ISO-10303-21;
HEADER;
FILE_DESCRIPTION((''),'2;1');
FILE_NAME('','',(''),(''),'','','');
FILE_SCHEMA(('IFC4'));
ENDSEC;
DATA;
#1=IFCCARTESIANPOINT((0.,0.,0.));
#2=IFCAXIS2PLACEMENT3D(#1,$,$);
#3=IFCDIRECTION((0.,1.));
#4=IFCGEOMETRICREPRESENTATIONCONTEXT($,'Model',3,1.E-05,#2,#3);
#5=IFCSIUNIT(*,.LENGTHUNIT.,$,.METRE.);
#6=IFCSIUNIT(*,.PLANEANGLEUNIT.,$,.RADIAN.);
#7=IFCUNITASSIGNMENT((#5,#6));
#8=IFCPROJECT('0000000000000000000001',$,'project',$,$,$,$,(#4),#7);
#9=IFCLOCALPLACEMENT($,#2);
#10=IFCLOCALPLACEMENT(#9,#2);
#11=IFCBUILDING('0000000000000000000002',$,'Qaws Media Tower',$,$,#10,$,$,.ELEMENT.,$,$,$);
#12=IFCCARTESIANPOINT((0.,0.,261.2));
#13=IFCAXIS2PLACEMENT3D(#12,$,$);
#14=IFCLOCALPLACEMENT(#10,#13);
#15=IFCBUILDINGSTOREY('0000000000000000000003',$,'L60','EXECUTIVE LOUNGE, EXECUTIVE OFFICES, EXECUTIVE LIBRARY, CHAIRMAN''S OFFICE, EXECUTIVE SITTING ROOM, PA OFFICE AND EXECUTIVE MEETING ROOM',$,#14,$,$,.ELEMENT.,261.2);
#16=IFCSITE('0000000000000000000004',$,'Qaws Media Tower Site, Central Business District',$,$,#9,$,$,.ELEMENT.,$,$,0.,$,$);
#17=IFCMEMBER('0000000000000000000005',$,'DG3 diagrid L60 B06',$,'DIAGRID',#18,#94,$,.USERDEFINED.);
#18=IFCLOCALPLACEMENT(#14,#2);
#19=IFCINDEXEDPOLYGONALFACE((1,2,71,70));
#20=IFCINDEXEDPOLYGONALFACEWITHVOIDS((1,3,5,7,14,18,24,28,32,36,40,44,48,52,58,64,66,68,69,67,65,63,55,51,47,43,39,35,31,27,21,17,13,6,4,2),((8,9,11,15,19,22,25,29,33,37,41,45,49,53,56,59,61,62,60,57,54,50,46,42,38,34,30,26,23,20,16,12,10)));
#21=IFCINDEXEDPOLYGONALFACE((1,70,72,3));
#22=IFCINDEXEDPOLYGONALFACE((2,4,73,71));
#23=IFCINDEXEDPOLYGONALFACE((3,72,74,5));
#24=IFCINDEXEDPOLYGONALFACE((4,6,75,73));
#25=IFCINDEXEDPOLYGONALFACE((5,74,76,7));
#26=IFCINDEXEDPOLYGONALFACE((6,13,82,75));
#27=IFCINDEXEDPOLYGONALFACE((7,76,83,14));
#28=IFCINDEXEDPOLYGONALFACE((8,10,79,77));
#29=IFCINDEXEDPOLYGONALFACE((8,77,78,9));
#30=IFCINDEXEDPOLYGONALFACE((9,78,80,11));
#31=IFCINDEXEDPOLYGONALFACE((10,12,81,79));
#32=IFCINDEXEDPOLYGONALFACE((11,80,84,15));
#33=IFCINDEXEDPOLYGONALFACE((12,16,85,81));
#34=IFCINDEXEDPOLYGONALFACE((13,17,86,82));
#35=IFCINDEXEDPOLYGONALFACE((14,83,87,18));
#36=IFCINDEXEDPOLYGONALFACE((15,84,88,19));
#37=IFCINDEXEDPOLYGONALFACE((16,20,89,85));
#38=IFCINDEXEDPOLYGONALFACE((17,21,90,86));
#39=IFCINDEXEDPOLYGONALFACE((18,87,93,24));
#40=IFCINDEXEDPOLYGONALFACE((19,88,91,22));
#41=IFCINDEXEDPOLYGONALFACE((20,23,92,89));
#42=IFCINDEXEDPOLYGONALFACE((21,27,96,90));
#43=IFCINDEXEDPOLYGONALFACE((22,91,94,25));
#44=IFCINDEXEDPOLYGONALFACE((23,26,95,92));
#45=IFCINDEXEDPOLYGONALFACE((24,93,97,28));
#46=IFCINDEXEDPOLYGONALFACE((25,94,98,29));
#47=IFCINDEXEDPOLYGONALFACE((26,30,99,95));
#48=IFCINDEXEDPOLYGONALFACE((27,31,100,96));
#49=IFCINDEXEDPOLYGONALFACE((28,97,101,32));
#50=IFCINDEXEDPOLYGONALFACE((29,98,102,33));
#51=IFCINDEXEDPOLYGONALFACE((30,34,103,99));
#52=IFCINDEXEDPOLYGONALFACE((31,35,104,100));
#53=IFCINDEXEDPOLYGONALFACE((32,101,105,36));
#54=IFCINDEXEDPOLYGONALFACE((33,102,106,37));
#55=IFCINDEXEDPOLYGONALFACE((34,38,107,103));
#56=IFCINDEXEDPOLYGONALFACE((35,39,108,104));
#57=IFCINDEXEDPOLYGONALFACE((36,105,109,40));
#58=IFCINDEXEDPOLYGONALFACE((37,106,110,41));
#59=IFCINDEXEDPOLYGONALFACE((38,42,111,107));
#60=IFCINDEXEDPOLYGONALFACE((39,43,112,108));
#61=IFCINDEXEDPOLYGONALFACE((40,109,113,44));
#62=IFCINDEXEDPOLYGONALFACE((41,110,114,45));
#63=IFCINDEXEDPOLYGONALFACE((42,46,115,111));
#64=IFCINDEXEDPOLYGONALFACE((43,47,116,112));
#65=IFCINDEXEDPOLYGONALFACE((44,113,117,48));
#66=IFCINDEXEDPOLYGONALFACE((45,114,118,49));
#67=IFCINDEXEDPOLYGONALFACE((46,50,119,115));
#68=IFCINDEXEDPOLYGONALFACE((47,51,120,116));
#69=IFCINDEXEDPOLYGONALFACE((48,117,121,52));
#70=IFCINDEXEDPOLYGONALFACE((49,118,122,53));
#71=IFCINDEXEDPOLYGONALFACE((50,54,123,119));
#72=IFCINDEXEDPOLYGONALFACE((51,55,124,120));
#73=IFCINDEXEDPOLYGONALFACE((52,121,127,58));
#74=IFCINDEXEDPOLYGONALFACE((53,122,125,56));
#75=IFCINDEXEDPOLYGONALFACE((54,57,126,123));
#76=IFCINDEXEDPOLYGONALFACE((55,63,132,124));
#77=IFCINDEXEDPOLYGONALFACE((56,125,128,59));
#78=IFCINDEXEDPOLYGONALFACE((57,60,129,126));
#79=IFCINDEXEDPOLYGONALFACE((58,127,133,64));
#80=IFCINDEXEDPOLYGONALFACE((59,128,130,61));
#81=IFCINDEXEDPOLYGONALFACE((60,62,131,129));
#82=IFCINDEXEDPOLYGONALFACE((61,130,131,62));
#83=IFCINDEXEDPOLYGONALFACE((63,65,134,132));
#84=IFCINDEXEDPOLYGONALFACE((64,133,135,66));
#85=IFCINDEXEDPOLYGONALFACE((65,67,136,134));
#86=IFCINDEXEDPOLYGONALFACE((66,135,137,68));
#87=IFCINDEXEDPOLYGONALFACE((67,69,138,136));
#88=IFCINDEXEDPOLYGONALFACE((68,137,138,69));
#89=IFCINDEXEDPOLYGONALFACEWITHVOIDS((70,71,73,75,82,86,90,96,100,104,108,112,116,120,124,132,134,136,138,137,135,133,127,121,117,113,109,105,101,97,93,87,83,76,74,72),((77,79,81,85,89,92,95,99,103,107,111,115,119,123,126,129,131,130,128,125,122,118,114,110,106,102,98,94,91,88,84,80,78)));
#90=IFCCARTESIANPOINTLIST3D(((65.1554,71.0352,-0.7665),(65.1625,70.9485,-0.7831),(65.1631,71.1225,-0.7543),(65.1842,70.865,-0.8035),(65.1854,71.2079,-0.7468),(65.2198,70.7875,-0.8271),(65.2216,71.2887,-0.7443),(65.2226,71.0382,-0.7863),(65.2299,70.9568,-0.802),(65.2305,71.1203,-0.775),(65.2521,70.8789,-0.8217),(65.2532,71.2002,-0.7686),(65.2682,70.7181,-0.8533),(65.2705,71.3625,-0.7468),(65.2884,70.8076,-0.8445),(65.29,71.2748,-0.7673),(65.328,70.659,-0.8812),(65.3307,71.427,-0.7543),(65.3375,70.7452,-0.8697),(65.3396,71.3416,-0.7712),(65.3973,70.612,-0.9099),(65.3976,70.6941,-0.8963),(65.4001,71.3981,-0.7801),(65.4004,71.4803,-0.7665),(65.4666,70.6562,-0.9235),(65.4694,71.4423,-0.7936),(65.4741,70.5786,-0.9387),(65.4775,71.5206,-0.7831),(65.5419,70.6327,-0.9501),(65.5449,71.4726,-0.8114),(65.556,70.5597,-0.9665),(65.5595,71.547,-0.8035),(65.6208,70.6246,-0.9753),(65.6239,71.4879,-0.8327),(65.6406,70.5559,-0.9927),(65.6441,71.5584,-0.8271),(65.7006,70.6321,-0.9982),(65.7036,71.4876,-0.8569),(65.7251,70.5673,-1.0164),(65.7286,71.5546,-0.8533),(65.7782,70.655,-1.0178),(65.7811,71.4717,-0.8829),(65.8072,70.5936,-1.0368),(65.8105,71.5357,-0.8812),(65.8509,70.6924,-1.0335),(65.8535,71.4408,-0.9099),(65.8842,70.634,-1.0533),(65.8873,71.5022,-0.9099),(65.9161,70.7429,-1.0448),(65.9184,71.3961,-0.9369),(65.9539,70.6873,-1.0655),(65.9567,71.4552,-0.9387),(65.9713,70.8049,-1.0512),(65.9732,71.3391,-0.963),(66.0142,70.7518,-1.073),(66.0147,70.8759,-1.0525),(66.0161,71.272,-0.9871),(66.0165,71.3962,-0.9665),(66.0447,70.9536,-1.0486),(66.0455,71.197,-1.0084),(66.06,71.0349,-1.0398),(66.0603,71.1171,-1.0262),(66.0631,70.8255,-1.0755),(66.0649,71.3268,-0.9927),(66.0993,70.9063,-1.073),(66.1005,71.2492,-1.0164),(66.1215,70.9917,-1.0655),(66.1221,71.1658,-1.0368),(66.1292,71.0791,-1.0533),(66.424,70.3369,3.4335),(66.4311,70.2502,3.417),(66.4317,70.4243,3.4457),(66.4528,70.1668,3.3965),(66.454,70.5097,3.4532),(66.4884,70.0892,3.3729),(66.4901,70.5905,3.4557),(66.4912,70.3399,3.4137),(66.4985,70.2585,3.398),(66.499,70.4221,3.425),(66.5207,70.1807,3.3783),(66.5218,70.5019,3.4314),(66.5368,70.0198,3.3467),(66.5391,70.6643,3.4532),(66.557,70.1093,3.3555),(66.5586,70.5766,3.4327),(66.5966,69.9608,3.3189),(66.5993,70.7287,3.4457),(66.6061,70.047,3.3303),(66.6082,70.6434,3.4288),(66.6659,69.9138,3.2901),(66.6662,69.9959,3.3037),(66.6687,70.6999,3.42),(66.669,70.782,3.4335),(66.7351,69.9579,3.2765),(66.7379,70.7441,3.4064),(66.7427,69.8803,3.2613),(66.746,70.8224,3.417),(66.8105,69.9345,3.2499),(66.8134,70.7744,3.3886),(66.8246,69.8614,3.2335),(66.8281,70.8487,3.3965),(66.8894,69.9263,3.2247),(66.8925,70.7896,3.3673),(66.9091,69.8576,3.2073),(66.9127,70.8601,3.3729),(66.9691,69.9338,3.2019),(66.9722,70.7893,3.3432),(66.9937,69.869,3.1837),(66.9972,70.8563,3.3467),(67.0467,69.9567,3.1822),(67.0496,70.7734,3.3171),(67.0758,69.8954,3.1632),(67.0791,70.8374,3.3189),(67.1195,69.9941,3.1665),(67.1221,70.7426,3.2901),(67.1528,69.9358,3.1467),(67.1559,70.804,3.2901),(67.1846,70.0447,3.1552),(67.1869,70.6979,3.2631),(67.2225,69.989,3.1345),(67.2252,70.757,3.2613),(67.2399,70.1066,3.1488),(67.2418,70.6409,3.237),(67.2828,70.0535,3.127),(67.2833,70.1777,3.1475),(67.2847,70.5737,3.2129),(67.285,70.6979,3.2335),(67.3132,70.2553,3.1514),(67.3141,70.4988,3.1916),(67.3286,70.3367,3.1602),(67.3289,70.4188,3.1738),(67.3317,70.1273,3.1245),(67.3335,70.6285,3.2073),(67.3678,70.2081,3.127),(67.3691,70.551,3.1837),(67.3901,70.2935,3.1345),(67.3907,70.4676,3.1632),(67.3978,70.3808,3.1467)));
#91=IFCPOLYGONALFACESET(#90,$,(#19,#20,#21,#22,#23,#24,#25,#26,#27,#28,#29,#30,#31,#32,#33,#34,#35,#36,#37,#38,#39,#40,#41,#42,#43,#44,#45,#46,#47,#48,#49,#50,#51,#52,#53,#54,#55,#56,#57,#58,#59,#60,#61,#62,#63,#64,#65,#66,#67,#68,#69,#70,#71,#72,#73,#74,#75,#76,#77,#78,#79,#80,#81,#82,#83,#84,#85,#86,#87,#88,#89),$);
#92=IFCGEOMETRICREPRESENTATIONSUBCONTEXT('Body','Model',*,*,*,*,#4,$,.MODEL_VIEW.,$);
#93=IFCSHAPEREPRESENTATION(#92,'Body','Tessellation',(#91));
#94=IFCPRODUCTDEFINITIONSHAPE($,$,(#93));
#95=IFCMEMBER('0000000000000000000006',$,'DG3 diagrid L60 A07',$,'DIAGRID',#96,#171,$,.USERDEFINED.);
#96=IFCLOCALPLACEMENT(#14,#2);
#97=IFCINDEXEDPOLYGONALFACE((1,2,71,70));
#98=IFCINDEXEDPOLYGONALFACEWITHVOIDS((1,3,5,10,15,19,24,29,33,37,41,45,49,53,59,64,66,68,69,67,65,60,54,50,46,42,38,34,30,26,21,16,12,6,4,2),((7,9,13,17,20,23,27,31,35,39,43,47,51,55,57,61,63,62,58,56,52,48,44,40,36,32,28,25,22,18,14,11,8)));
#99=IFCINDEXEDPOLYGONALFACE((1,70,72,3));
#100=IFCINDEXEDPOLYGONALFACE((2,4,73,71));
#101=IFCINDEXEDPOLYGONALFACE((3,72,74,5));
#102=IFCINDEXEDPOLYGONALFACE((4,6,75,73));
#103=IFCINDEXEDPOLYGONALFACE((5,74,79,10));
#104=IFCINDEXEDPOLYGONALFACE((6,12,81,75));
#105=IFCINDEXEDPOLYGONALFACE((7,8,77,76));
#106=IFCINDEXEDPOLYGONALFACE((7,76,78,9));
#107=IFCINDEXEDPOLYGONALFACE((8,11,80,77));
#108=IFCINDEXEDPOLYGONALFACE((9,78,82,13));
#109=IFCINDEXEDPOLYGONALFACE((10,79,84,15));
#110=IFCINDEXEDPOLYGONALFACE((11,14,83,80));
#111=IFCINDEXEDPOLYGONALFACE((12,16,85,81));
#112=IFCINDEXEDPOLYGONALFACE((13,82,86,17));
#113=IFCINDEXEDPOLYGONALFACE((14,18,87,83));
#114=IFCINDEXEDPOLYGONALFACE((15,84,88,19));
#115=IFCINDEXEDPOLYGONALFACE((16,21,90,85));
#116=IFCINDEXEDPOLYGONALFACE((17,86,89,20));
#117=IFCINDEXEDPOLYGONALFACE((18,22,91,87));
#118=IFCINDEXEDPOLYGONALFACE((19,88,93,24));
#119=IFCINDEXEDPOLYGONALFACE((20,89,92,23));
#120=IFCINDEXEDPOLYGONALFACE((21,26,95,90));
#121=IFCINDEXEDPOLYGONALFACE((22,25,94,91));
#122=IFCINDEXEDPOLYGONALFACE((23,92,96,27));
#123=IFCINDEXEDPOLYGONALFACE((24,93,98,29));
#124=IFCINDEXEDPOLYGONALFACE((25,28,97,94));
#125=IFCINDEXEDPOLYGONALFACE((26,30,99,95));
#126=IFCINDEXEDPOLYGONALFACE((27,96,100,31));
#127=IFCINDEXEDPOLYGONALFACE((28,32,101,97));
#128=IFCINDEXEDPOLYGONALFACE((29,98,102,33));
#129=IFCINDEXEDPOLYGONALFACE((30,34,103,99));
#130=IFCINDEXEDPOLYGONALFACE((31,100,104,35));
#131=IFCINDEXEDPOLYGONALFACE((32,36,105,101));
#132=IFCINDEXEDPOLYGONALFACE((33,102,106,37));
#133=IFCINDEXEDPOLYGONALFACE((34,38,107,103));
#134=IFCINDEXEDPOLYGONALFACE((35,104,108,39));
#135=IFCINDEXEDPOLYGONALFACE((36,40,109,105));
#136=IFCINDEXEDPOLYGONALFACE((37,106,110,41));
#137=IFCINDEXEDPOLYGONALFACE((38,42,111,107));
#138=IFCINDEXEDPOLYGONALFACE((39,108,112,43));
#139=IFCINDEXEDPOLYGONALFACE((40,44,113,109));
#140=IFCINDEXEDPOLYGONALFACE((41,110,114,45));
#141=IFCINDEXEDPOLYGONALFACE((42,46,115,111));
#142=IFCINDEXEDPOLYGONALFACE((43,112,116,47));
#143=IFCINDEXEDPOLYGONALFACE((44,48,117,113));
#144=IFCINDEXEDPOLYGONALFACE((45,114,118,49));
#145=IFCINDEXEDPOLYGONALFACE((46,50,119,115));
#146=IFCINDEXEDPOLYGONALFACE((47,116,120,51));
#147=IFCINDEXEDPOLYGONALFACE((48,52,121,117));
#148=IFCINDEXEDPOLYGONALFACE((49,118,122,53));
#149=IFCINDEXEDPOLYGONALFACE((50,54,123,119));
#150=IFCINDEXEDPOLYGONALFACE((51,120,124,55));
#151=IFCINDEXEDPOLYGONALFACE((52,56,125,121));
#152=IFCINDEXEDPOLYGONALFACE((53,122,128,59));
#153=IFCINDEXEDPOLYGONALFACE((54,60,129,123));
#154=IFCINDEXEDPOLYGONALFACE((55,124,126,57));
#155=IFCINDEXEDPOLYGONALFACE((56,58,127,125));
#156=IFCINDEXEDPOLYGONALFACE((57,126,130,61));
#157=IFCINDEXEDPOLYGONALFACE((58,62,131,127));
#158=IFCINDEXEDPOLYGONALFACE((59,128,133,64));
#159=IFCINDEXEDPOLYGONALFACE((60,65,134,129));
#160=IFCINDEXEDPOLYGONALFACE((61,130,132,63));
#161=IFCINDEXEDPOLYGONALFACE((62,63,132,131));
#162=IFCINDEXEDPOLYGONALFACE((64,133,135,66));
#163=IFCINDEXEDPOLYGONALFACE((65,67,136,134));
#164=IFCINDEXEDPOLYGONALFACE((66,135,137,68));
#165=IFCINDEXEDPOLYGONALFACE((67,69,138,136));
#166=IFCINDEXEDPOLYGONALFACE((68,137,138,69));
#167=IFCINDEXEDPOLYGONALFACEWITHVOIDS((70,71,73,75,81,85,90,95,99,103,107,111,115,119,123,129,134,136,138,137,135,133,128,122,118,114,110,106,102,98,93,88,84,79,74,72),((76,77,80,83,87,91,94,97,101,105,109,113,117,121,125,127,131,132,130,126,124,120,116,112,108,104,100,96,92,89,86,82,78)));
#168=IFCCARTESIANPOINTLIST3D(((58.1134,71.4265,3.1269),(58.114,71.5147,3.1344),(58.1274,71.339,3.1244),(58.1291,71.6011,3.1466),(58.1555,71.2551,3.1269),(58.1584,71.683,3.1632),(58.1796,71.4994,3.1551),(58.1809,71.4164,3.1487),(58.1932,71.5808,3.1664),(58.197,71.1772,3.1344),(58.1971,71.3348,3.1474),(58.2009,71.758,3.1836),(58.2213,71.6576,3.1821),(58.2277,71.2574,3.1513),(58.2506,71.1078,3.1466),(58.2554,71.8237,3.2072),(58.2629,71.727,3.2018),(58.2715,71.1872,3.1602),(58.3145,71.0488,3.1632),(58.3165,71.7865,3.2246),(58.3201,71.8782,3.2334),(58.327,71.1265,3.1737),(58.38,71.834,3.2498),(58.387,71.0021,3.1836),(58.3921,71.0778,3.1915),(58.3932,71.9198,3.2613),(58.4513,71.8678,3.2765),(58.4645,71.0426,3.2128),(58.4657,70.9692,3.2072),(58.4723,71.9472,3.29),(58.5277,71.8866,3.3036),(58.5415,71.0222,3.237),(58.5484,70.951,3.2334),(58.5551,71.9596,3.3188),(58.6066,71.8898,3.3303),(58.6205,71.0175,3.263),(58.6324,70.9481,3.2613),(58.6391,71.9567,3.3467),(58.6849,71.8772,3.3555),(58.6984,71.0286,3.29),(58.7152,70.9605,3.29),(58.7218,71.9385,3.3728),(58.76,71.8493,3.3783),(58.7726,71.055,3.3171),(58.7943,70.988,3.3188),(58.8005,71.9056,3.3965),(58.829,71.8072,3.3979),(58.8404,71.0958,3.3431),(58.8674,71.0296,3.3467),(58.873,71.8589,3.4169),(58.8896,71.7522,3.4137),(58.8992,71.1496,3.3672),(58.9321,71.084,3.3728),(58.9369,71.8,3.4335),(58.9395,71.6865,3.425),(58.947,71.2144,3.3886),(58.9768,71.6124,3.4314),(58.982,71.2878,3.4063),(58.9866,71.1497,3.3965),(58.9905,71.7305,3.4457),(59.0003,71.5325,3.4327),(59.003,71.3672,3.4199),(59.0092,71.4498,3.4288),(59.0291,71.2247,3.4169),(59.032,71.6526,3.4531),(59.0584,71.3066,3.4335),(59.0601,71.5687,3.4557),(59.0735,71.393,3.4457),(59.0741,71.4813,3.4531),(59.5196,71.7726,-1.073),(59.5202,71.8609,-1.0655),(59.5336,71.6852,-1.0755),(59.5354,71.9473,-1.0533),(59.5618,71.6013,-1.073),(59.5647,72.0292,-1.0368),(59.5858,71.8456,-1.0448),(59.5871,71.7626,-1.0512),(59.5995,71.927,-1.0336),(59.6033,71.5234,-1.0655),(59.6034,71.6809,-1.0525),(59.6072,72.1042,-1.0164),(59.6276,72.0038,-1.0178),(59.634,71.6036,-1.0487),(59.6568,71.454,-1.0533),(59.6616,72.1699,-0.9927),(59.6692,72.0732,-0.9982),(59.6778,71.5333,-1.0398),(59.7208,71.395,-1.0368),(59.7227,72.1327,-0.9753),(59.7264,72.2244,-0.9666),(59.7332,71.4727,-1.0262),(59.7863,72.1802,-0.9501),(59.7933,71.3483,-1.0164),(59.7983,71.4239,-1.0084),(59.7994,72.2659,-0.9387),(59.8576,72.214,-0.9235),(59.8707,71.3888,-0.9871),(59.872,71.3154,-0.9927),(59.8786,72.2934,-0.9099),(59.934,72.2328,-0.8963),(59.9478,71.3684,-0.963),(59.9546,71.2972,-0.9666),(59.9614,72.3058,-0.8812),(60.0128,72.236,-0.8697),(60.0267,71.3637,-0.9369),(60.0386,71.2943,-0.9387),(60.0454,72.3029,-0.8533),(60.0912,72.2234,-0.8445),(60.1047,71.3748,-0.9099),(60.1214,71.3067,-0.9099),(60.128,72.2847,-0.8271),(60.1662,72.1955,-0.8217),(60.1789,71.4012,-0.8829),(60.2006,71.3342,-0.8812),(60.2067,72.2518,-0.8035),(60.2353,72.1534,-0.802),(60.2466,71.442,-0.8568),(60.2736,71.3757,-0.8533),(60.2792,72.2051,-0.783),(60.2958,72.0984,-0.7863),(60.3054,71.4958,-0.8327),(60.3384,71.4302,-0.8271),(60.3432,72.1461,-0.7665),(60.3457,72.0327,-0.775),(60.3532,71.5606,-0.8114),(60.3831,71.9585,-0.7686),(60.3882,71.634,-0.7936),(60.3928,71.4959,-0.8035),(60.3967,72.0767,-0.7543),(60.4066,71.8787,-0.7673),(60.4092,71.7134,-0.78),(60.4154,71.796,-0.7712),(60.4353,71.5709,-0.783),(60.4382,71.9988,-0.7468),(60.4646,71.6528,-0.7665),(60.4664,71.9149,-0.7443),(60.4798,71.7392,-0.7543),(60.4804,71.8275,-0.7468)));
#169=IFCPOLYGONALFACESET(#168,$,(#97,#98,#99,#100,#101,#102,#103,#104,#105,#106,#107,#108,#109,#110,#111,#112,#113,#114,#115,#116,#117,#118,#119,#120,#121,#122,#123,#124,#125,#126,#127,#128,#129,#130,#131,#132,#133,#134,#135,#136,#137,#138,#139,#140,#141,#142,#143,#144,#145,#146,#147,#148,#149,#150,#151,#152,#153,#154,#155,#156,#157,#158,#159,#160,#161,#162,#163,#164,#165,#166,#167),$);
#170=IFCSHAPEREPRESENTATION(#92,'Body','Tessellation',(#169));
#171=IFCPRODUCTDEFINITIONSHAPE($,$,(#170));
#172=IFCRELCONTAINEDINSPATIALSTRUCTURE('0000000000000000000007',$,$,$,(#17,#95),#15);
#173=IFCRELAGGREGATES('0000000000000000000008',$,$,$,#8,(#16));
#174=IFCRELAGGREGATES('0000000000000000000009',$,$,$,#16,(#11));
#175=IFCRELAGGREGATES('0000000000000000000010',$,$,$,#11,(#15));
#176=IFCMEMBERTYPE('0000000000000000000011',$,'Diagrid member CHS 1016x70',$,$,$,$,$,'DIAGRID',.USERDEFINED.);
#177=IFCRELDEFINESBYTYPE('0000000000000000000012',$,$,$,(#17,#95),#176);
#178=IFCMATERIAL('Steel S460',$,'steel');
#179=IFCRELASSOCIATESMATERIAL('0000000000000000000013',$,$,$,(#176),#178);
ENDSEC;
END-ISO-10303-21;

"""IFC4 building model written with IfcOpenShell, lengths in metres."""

from ifc_helpers import new_model, si_unit, direction, frame, origin, origin_2d, place, context, subcontext, project, spatial, hollow_circle, extrude, material, material_profile, profile_set, type_object, element, save


model = new_model("IFC4")

# Units and contexts
model_context = context("Model", 3, precision=1e-05, world=origin(), true_north=direction((0.0, 1.0)))
body_context = subcontext(model_context, "Body", "Model", "MODEL_VIEW")
ifc_project = project(units=[si_unit("LENGTHUNIT", "METRE"), si_unit("PLANEANGLEUNIT", "RADIAN")], contexts=[model_context])

# Site, building, storey
site_placement = place(None, origin())
site = spatial("IfcSite", under=ifc_project, at=site_placement, Name="Qaws Media Tower Site, Central Business District", CompositionType="ELEMENT", RefElevation=0.0)
building_placement = place(site_placement, origin())
building = spatial("IfcBuilding", under=site, at=building_placement, Name="Qaws Media Tower", CompositionType="ELEMENT")
storey_placement = place(building_placement, frame((0.0, 0.0, 261.2)))
storey = spatial("IfcBuildingStorey", under=building, at=storey_placement, Name="L60", Description="EXECUTIVE LOUNGE, EXECUTIVE OFFICES, EXECUTIVE LIBRARY, CHAIRMAN'S OFFICE, EXECUTIVE SITTING ROOM, PA OFFICE AND EXECUTIVE MEETING ROOM", CompositionType="ELEMENT", Elevation=261.2)

# Members
ifc_material_1 = material(Name="Steel S460", Category="steel")
ifc_material_profile_1 = material_profile(ifc_material_1, hollow_circle(Radius=0.5081, WallThickness=0.0701, at=origin_2d()), Name="CHS 1016x70")
ifc_profile_set_1 = profile_set([ifc_material_profile_1], Name="Steel S460")
member_type_1 = type_object("IfcMemberType", Name="Diagrid member CHS 1016x70", ElementType="DIAGRID", PredefinedType="USERDEFINED", material=ifc_profile_set_1)
for number, where, z_axis, x_axis, name in (
    (1, (65.6423, 71.0571, -0.9099), (0.285546, -0.157171, 0.945389), (0.482204, 0.876059, 0.0), "DG3 diagrid L60 B06"),
    (2, (60.0, 71.8, -0.9099), (-0.316535, -0.077925, 0.945375), (0.239044, -0.971009, 0.0), "DG3 diagrid L60 A07"),
):
    element("IfcMember", number, at=place(storey_placement, frame(where, z_axis=z_axis, x_axis=x_axis)), inside=storey, type_object=member_type_1, Name=name, ObjectType="DIAGRID", PredefinedType="USERDEFINED", context=body_context, shape_type="SweptSolid", body=[
        extrude(hollow_circle(Radius=0.5081, WallThickness=0.0701, at=origin_2d()), origin(), (0.0, 0.0, 1.0), 4.4426),
    ])

save(model, "model.ifc")
